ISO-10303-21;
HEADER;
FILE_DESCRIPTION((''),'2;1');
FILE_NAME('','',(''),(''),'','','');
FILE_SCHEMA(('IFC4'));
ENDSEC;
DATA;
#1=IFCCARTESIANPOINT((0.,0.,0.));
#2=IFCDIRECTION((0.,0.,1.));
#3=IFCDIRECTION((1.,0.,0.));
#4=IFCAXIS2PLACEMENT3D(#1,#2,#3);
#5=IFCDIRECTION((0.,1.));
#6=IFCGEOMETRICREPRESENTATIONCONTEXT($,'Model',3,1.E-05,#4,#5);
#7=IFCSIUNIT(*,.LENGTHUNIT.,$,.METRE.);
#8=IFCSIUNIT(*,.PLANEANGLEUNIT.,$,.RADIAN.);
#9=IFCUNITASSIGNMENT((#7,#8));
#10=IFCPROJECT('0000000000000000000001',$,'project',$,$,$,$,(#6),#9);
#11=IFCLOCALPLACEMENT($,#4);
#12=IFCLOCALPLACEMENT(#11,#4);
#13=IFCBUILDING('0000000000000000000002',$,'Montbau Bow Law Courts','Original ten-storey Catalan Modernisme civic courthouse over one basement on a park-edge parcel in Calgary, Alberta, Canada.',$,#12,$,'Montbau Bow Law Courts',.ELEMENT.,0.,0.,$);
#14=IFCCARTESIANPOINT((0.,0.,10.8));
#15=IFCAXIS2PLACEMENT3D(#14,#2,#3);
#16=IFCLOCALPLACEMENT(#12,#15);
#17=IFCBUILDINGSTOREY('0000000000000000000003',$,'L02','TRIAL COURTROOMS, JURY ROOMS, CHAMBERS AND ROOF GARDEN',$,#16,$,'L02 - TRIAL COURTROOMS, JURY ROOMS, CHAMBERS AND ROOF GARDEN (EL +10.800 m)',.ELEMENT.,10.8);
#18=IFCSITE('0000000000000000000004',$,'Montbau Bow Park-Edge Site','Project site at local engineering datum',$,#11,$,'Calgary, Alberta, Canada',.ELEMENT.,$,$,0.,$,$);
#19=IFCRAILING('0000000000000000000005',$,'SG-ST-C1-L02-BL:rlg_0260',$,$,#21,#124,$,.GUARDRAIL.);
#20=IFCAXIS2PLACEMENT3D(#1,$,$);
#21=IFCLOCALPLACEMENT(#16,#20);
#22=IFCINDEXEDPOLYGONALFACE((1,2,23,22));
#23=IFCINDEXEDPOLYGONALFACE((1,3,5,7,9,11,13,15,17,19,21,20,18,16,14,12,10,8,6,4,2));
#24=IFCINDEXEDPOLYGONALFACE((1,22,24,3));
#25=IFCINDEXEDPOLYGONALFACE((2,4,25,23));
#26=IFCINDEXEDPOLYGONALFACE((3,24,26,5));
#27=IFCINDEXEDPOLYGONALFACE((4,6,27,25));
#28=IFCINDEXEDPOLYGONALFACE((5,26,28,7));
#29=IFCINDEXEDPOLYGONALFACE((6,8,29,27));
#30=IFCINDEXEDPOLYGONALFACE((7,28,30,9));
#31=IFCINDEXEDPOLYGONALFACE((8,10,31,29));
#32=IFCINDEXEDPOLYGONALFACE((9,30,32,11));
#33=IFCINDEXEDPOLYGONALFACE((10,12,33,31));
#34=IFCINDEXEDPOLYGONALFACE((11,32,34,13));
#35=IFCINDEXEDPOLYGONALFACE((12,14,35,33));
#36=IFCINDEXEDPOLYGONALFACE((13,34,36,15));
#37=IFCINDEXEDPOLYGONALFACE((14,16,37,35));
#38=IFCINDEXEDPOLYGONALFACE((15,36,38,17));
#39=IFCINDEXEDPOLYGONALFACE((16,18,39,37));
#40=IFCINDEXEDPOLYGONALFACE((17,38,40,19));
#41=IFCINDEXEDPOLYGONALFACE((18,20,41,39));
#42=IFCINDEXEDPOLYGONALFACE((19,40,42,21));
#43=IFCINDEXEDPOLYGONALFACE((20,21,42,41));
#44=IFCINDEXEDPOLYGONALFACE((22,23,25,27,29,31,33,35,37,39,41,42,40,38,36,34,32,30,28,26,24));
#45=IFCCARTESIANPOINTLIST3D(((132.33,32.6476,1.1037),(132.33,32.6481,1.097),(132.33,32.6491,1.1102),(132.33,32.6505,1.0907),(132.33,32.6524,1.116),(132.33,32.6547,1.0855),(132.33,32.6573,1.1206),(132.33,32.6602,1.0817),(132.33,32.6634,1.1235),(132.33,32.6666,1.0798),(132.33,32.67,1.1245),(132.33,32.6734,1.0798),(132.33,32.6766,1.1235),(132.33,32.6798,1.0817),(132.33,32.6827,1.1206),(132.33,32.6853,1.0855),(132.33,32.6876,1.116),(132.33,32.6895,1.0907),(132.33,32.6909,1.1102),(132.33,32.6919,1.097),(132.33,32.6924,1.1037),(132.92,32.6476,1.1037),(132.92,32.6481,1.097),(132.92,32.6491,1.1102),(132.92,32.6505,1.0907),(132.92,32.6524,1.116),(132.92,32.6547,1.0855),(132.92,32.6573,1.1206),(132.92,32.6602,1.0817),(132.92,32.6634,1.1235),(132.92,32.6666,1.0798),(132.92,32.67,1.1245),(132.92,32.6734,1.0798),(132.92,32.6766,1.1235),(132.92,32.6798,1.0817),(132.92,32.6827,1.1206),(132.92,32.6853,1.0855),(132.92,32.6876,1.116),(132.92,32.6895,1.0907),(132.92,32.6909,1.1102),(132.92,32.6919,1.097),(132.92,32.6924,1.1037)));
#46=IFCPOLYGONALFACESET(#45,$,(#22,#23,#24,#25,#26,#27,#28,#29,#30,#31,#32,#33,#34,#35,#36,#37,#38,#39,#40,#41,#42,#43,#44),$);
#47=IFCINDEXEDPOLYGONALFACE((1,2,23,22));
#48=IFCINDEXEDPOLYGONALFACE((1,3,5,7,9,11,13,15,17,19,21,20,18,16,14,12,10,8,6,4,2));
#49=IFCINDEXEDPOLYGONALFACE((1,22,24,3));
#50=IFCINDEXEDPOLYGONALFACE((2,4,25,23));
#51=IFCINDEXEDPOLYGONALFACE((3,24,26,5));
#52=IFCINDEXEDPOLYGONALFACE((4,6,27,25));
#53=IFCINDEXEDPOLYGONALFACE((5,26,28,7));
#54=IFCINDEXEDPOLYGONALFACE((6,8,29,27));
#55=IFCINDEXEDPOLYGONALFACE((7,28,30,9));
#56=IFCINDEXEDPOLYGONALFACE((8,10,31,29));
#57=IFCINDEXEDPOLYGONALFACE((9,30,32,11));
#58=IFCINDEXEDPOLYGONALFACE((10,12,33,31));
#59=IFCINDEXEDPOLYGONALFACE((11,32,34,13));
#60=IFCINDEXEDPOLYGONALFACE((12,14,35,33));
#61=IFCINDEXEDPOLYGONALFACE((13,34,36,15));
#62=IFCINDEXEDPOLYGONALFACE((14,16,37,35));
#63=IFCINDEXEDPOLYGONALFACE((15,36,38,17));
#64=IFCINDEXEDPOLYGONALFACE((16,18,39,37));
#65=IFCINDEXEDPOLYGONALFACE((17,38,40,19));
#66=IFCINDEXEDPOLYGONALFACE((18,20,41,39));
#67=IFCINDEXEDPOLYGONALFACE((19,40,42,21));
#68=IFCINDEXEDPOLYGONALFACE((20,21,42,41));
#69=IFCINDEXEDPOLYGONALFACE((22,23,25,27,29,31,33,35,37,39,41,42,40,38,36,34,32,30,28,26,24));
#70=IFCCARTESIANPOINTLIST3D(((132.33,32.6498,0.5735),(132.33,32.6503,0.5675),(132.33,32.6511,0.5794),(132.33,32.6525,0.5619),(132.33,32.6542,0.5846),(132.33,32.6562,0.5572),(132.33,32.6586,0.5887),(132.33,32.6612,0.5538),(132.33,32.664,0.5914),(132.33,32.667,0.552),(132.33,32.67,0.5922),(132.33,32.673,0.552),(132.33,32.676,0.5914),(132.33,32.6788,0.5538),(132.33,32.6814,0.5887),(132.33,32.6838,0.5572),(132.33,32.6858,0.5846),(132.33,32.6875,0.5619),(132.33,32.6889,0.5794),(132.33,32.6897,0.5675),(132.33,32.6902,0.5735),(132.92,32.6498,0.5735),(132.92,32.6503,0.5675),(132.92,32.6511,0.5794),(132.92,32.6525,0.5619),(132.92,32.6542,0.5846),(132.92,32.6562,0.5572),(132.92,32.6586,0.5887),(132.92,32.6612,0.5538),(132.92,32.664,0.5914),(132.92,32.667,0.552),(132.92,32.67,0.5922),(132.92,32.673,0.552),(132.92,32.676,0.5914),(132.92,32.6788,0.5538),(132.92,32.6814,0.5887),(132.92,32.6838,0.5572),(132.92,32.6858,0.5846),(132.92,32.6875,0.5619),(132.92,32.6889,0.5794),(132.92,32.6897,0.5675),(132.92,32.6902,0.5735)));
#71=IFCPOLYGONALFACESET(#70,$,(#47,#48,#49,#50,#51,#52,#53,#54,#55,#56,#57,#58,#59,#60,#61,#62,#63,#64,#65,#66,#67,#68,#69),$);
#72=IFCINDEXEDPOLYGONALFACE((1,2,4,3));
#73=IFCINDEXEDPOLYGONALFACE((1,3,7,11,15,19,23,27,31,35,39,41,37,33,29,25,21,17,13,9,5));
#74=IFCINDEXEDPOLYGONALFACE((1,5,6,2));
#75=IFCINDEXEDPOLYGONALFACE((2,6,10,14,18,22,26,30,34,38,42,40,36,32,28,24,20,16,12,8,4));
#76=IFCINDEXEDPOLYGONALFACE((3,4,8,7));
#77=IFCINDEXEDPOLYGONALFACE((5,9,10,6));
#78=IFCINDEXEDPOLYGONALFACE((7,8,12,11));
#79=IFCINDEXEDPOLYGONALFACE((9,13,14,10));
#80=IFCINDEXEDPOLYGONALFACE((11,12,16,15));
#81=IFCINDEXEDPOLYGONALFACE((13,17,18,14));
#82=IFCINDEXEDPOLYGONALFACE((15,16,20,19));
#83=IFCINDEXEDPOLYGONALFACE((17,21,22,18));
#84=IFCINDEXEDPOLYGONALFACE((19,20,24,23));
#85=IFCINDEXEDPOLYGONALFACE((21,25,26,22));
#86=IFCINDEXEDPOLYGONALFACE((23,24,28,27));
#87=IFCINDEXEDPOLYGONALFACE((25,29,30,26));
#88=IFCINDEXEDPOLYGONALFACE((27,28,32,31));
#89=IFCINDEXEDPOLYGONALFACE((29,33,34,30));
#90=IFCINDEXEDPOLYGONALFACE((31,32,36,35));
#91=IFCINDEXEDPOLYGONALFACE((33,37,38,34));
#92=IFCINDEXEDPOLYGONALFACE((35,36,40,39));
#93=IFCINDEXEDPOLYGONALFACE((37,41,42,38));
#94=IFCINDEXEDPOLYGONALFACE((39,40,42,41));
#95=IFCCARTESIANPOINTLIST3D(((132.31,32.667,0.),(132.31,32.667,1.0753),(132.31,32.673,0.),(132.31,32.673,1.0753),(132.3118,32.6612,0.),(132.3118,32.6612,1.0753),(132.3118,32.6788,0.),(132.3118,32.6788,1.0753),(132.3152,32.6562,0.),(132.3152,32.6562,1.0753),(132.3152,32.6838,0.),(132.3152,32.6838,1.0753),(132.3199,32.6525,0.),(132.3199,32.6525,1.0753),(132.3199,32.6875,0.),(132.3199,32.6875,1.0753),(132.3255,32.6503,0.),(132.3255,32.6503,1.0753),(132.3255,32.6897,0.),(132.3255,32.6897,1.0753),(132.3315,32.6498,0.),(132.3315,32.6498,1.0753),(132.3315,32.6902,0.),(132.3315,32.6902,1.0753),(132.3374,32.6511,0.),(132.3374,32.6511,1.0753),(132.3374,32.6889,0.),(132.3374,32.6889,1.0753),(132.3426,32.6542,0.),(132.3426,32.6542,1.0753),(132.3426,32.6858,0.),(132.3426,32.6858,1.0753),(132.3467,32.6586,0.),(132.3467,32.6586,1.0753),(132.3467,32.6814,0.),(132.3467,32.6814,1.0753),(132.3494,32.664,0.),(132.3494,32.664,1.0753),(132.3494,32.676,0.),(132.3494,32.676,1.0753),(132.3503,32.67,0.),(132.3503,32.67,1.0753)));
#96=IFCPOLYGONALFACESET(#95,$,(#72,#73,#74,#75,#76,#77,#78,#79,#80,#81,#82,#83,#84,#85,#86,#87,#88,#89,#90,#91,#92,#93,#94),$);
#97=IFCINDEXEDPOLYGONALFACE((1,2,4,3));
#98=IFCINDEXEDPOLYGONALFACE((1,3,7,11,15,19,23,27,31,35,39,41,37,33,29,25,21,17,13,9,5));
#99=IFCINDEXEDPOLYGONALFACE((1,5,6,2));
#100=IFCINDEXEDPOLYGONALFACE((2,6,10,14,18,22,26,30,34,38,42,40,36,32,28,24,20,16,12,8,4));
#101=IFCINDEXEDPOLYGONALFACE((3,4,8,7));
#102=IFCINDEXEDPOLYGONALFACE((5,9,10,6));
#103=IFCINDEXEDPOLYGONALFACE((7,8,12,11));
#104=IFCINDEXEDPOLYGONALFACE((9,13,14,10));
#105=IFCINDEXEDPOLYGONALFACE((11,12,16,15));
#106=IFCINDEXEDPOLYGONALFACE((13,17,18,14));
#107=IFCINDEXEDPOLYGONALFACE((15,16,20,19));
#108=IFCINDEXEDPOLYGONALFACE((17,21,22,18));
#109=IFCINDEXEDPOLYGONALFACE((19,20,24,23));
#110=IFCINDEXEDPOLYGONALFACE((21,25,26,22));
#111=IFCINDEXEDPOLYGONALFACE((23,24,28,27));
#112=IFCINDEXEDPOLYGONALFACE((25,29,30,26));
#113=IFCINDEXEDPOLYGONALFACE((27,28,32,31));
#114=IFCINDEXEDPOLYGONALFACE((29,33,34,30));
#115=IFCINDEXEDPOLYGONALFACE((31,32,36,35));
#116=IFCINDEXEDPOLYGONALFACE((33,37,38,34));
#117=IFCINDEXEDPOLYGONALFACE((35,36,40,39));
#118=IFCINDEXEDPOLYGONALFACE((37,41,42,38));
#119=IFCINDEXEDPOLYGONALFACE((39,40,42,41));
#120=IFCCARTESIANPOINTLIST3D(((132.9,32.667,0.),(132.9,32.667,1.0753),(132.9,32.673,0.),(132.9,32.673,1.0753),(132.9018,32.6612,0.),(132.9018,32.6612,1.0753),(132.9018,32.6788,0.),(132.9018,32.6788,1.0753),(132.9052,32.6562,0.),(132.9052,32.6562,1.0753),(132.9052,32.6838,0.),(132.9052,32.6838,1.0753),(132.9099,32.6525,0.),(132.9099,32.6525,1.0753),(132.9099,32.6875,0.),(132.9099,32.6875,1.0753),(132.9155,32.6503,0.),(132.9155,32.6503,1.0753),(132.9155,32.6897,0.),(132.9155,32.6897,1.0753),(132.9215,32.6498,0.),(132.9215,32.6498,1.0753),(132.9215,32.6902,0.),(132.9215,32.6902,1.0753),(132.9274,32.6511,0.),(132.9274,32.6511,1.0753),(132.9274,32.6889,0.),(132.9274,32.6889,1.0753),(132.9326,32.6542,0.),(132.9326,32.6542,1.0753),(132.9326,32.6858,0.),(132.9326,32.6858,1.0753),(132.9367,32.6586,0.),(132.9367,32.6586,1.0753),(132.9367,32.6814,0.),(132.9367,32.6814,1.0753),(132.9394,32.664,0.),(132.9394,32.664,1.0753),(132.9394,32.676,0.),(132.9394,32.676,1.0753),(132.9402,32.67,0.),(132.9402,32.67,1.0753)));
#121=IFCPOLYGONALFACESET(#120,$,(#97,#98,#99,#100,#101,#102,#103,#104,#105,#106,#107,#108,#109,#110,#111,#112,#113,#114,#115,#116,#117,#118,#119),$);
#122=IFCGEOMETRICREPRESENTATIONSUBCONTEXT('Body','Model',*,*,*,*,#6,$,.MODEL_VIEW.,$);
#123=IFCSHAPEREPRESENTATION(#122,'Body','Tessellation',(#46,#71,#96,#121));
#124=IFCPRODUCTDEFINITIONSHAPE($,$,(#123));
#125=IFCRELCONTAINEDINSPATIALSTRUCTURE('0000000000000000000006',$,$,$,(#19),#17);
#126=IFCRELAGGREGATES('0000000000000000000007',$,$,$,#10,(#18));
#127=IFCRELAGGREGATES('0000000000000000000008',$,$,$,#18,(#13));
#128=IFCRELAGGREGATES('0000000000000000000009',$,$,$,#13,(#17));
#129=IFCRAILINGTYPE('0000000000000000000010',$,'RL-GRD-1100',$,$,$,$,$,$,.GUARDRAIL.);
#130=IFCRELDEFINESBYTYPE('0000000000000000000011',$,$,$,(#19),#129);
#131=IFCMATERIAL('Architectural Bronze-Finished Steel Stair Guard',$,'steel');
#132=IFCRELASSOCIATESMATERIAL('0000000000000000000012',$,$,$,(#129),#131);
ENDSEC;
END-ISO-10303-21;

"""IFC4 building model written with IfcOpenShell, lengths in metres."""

from ifc_helpers import new_model, si_unit, direction, frame, origin_with_axes, origin_2d_with_axis, place, context, subcontext, project, spatial, circle, extrude, material, type_object, element, save


model = new_model("IFC4")

# Units and contexts
model_context = context("Model", 3, precision=1e-05, world=origin_with_axes(), true_north=direction((0.0, 1.0)))
body_context = subcontext(model_context, "Body", "Model", "MODEL_VIEW")
ifc_project = project(units=[si_unit("LENGTHUNIT", "METRE"), si_unit("PLANEANGLEUNIT", "RADIAN")], contexts=[model_context])

# Site, building, storey
site_placement = place(None, origin_with_axes())
site = spatial("IfcSite", under=ifc_project, at=site_placement, Name="Montbau Bow Park-Edge Site", Description="Project site at local engineering datum", LongName="Calgary, Alberta, Canada", CompositionType="ELEMENT", RefElevation=0.0)
building_placement = place(site_placement, origin_with_axes())
building = spatial("IfcBuilding", under=site, at=building_placement, Name="Montbau Bow Law Courts", Description="Original ten-storey Catalan Modernisme civic courthouse over one basement on a park-edge parcel in Calgary, Alberta, Canada.", LongName="Montbau Bow Law Courts", CompositionType="ELEMENT", ElevationOfRefHeight=0.0, ElevationOfTerrain=0.0)
storey_placement = place(building_placement, frame((0.0, 0.0, 10.8), z_axis=(0.0, 0.0, 1.0), x_axis=(1.0, 0.0, 0.0)))
storey = spatial("IfcBuildingStorey", under=building, at=storey_placement, Name="L02", Description="TRIAL COURTROOMS, JURY ROOMS, CHAMBERS AND ROOF GARDEN", LongName="L02 - TRIAL COURTROOMS, JURY ROOMS, CHAMBERS AND ROOF GARDEN (EL +10.800 m)", CompositionType="ELEMENT", Elevation=10.8)

# Railing
ifc_material_1 = material(Name="Architectural Bronze-Finished Steel Stair Guard", Category="steel")
railing_type_1 = type_object("IfcRailingType", Name="RL-GRD-1100", PredefinedType="GUARDRAIL", material=ifc_material_1)
railing_1_placement = place(None, origin_with_axes())
element("IfcRailing", 1, at=railing_1_placement, inside=storey, type_object=railing_type_1, Name="SG-ST-C1-L02-BL:rlg_0260", PredefinedType="GUARDRAIL", context=body_context, shape_type="SweptSolid", body=[
    extrude(circle(Radius=0.0225, at=origin_2d_with_axis()), frame((132.33, 32.67, 11.902), z_axis=(1.0, 0.0, 0.0), x_axis=(0.0, 0.0, 1.0)), (0.0, 0.0, 1.0), 0.59),
    extrude(circle(Radius=0.0203, at=origin_2d_with_axis()), frame((132.33, 32.67, 11.372), z_axis=(1.0, 0.0, 0.0), x_axis=(0.0, 0.0, 1.0)), (0.0, 0.0, 1.0), 0.59),
    extrude(circle(Radius=0.0203, at=origin_2d_with_axis()), frame((132.33, 32.67, 10.8), z_axis=(0.0, 0.0, 1.0), x_axis=(1.0, 0.0, 0.0)), (0.0, 0.0, 1.0), 1.0753),
    extrude(circle(Radius=0.0203, at=origin_2d_with_axis()), frame((132.92, 32.67, 10.8), z_axis=(0.0, 0.0, 1.0), x_axis=(1.0, 0.0, 0.0)), (0.0, 0.0, 1.0), 1.0753),
])

save(model, "model.ifc")
